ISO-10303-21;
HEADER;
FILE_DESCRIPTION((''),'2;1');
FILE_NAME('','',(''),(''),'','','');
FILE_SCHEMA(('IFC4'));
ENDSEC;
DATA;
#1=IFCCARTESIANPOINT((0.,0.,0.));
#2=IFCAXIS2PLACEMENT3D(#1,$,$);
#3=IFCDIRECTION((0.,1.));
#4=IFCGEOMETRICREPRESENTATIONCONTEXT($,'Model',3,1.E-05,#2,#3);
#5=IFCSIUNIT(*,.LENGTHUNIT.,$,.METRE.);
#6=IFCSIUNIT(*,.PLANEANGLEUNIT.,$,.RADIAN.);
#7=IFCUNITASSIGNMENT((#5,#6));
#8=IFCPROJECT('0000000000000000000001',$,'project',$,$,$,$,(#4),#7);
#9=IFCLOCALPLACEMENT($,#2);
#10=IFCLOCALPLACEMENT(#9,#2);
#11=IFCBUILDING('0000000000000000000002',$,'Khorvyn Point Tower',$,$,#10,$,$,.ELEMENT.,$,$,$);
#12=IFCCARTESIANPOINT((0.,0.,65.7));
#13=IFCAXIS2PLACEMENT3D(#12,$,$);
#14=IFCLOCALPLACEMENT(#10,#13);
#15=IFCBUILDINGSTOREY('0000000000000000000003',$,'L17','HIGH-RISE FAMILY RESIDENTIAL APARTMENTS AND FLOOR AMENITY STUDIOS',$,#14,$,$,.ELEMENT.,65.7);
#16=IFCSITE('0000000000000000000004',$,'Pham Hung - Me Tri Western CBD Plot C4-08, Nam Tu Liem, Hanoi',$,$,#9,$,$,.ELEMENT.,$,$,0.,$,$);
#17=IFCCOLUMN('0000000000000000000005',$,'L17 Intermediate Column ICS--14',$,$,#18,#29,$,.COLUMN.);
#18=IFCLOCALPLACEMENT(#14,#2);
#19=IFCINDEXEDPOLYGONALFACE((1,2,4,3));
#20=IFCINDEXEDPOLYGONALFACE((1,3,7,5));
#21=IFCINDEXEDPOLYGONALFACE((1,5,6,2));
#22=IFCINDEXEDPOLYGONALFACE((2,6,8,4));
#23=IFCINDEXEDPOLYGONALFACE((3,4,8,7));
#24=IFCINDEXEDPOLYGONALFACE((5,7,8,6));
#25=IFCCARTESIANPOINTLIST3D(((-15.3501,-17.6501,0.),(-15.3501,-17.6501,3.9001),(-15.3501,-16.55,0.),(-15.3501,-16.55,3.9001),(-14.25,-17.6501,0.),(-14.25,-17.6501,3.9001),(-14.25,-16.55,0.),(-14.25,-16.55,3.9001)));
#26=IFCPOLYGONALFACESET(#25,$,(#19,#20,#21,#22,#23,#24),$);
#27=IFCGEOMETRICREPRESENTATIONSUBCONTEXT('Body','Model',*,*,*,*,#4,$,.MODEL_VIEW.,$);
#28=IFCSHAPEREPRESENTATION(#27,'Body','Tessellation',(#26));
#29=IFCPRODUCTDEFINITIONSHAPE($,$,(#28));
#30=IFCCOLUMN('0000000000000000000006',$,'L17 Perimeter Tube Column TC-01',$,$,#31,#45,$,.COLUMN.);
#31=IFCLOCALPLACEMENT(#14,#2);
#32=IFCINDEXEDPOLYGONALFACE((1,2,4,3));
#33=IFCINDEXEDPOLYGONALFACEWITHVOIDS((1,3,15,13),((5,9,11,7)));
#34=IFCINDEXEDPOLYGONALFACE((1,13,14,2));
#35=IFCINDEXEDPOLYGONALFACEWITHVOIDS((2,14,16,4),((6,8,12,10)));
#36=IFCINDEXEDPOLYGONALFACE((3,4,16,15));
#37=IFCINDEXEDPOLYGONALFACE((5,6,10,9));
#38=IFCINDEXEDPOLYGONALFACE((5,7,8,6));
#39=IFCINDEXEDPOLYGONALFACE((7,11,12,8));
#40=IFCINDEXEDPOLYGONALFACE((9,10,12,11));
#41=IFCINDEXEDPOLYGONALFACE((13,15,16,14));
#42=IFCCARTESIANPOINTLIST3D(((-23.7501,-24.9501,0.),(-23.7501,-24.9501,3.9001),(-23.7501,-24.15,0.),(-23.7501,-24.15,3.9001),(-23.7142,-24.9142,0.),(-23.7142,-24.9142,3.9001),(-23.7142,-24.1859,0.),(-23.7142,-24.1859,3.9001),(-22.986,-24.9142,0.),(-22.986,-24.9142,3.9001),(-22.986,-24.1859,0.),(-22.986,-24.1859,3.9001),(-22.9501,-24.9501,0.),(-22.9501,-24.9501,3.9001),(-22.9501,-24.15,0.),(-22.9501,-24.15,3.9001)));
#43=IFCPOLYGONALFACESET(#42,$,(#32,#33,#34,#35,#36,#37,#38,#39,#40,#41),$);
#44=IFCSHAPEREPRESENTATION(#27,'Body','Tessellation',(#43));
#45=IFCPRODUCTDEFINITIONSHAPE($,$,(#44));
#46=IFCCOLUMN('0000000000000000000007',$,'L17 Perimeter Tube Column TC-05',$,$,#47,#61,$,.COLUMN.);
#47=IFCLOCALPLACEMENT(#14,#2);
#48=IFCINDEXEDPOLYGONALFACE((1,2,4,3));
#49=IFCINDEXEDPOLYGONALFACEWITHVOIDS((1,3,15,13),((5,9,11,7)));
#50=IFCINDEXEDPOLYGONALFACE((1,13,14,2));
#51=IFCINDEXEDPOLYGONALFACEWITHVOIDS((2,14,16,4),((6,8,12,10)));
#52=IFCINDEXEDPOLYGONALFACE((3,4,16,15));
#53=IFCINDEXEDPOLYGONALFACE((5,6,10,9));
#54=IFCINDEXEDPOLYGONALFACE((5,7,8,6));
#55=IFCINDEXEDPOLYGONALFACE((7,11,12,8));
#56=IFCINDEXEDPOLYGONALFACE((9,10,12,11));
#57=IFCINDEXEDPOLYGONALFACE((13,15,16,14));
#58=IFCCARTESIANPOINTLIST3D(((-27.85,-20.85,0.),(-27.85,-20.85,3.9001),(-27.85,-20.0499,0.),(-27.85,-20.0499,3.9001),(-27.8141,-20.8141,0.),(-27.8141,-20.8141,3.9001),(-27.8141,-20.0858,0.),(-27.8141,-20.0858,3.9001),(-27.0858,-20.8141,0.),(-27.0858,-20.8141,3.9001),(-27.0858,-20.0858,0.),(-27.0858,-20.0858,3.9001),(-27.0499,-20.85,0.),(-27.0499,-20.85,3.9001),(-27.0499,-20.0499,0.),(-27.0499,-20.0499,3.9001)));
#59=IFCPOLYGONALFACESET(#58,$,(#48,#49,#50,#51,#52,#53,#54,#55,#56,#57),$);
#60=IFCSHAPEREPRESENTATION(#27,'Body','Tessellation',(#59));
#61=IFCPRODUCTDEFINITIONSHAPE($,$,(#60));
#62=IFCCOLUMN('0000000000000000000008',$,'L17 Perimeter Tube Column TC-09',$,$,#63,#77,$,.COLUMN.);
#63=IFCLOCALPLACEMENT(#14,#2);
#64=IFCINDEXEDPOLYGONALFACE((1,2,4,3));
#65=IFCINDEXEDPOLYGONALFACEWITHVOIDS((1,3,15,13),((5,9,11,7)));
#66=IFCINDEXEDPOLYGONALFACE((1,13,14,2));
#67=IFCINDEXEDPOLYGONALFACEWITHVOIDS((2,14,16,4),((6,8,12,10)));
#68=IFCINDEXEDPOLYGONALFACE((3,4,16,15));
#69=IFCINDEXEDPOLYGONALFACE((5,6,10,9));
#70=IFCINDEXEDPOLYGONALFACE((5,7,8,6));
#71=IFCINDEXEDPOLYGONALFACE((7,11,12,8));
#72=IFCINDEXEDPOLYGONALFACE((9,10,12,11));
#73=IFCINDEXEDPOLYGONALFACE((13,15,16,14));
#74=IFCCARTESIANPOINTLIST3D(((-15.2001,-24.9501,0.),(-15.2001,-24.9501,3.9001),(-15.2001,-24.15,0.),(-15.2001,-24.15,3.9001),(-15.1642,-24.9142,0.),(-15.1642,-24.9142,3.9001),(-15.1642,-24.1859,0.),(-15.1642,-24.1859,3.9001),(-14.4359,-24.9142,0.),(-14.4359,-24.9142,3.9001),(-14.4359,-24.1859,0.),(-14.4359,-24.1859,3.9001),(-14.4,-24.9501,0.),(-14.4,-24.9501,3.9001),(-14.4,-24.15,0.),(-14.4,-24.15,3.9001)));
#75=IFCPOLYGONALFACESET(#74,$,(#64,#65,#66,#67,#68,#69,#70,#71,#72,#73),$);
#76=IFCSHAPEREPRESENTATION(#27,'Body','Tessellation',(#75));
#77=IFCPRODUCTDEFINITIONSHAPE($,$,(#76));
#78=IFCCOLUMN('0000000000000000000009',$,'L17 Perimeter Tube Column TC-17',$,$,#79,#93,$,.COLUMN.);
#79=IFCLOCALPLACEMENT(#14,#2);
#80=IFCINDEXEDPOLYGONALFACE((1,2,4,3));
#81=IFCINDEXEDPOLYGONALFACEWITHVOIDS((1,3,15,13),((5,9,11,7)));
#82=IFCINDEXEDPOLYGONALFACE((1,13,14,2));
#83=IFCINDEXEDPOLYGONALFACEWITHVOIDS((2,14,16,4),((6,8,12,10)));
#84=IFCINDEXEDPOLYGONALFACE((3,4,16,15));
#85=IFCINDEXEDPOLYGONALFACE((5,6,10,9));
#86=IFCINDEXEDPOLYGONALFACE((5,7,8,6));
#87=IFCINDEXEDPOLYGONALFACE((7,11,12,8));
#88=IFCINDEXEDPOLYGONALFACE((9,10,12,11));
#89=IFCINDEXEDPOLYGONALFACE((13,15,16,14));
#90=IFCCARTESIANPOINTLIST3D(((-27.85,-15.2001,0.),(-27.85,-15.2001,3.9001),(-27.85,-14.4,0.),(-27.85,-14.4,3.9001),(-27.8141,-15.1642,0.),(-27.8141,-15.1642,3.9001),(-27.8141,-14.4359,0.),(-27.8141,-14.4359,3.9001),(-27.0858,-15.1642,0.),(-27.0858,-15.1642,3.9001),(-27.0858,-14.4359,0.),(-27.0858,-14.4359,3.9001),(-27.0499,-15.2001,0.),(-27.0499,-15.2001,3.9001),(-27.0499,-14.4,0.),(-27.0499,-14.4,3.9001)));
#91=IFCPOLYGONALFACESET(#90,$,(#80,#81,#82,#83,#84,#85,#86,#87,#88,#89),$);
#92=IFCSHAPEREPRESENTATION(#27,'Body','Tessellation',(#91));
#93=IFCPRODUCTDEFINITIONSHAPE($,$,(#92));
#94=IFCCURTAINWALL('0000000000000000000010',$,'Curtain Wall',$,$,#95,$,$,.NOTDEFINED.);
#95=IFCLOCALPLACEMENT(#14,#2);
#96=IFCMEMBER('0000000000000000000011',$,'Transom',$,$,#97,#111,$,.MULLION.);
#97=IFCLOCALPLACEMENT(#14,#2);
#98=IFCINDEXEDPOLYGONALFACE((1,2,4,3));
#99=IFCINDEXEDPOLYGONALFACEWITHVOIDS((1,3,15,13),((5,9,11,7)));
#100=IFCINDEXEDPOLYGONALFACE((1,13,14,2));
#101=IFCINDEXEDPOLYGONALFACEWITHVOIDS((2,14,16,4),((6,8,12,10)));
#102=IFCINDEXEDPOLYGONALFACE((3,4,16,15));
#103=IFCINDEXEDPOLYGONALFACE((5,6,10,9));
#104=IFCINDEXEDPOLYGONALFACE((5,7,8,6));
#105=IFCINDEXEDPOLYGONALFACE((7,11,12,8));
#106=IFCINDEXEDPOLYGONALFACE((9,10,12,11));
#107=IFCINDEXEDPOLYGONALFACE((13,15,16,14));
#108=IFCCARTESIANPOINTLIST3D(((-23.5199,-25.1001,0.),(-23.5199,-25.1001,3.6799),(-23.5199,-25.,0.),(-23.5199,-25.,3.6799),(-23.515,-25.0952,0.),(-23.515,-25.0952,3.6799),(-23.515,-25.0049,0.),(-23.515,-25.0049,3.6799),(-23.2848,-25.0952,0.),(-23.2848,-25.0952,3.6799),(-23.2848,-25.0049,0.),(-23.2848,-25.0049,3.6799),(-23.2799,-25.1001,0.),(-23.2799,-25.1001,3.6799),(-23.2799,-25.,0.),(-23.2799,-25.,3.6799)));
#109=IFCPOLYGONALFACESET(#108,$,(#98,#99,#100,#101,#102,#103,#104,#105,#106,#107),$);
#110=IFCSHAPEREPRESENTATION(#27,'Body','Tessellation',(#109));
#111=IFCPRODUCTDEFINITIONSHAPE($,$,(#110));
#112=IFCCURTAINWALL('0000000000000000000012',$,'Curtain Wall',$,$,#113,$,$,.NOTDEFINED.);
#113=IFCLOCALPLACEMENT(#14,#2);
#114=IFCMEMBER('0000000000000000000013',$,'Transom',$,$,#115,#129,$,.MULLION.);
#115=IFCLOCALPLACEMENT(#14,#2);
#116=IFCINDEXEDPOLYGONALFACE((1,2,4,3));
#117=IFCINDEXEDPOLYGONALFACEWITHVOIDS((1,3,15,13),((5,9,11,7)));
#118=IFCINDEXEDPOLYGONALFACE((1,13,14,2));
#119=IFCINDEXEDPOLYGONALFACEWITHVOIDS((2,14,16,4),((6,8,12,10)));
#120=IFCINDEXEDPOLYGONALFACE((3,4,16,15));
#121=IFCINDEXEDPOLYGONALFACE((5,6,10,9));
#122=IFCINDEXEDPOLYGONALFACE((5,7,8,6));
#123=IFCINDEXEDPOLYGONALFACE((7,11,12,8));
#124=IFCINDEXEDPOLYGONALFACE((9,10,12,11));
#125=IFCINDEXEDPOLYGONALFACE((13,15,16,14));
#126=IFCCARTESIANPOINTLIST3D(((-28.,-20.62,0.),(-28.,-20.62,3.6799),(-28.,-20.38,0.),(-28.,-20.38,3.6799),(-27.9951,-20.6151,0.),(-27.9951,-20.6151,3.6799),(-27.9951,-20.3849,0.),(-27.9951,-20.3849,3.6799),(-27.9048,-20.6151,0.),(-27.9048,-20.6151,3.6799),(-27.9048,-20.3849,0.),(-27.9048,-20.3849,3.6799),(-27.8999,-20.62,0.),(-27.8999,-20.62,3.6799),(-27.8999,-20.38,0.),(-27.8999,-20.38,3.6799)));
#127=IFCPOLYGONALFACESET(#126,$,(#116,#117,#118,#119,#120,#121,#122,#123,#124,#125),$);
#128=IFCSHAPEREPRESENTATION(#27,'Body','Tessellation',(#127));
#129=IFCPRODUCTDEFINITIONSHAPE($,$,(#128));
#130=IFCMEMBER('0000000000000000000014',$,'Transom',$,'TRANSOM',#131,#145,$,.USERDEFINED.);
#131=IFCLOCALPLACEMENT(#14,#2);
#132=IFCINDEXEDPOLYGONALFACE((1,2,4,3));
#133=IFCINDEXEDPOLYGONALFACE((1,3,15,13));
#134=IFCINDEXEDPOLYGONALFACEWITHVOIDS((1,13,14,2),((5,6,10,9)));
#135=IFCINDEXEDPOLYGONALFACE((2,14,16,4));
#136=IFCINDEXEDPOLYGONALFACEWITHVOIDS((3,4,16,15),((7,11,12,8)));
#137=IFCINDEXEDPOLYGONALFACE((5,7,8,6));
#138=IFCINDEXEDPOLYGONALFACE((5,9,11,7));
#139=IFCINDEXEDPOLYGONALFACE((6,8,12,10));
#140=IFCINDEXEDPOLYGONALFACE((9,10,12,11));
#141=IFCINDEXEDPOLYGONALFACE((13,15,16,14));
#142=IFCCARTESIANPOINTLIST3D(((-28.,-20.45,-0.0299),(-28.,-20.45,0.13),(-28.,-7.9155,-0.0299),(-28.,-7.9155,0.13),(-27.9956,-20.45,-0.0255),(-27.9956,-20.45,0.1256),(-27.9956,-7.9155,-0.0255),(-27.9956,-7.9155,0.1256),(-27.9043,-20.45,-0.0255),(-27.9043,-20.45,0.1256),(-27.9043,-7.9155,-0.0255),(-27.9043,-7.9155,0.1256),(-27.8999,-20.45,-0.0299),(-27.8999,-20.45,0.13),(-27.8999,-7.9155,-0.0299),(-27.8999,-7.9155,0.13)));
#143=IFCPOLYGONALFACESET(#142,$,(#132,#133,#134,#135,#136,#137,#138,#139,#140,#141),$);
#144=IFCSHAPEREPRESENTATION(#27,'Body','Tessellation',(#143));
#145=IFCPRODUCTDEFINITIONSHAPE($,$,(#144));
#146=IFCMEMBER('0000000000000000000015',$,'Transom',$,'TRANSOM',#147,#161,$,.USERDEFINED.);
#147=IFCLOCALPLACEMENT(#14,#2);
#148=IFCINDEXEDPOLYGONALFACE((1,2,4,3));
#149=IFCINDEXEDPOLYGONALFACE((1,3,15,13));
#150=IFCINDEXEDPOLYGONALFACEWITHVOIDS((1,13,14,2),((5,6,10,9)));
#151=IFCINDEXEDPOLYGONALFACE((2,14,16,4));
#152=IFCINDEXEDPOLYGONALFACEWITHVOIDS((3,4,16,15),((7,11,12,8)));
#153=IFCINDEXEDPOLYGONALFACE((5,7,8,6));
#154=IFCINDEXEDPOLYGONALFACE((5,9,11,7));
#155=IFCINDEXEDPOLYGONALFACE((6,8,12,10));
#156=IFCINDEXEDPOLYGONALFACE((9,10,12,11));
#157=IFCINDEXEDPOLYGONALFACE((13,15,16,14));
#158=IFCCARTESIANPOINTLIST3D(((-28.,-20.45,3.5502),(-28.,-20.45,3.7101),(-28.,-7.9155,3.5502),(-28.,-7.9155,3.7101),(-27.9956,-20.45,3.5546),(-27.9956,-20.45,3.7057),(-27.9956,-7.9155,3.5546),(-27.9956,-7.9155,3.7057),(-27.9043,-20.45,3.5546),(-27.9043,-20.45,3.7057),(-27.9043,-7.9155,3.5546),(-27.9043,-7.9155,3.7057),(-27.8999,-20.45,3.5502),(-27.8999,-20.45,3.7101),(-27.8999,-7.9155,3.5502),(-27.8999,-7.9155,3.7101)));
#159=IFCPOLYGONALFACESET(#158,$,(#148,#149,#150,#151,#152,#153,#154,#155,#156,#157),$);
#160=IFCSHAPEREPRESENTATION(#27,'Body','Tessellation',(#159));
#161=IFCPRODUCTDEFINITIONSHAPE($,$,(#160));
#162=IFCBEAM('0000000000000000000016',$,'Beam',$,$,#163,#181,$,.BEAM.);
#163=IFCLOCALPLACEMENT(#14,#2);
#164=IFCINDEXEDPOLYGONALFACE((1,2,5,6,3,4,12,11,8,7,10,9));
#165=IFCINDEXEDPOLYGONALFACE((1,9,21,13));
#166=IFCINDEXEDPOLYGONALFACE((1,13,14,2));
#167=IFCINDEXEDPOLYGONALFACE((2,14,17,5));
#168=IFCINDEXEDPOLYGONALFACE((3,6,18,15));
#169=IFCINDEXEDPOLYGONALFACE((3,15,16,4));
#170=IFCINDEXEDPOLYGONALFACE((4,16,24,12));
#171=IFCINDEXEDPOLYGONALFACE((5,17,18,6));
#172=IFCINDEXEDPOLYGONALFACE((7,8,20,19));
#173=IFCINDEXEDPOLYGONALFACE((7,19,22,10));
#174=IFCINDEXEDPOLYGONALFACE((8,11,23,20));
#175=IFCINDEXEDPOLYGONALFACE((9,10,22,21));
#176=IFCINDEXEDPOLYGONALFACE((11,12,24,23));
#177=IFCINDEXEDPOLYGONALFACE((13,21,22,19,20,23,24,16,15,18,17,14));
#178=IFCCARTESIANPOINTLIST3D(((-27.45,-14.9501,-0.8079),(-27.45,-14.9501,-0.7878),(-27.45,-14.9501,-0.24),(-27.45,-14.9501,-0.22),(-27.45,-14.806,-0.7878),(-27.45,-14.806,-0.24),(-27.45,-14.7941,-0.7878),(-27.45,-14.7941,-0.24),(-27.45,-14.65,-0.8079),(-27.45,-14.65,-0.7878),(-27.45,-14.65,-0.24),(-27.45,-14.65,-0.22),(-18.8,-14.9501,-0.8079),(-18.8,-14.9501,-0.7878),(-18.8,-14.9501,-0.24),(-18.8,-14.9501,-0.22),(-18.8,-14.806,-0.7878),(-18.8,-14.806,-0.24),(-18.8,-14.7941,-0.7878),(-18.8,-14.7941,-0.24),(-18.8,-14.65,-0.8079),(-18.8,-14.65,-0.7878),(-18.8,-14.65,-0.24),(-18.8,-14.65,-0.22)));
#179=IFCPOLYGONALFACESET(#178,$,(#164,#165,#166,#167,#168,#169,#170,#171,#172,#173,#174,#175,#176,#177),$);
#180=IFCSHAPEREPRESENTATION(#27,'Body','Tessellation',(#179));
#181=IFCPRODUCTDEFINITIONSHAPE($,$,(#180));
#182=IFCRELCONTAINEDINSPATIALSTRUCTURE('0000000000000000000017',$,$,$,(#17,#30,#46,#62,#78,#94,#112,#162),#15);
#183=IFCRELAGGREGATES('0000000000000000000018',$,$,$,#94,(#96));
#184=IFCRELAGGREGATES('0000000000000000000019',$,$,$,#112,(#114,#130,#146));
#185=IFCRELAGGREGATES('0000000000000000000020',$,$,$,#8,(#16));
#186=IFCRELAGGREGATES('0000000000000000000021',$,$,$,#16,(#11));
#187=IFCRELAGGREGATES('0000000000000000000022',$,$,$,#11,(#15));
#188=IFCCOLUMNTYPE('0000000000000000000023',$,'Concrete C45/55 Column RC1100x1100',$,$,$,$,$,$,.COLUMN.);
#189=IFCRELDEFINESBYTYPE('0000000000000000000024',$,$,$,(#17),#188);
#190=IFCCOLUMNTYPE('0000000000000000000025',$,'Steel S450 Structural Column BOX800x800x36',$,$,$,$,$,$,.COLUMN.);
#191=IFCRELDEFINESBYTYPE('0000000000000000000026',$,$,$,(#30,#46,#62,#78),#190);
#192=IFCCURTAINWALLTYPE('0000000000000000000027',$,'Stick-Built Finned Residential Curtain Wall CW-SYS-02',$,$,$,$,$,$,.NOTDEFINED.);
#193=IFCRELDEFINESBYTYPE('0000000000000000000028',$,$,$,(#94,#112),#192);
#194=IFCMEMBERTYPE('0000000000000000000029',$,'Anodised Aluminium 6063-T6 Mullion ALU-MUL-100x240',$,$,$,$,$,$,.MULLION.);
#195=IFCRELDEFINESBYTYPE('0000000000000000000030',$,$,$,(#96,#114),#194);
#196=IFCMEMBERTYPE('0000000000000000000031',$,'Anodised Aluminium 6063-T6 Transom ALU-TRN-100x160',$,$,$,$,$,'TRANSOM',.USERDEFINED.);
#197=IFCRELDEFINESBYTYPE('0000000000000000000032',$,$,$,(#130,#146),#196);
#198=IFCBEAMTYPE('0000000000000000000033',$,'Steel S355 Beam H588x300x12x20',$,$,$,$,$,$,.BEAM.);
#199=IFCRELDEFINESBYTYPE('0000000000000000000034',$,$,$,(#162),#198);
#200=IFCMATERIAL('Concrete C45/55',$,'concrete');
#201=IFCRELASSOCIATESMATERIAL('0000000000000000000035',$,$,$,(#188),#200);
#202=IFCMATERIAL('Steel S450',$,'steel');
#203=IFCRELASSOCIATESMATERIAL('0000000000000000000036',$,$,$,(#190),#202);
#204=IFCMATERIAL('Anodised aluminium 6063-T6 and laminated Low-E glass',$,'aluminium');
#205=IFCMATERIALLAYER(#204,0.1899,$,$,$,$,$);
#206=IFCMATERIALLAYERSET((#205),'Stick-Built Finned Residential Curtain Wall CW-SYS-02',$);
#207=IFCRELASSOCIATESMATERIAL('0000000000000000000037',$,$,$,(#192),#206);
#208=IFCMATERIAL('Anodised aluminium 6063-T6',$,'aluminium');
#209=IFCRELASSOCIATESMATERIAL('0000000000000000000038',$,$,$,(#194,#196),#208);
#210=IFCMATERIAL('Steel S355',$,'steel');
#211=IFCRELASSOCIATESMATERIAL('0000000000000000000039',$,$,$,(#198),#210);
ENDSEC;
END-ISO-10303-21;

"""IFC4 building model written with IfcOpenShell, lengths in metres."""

from ifc_helpers import new_model, si_unit, direction, frame, origin, origin_2d, place, context, subcontext, project, spatial, rectangle, hollow_rectangle, i_section, extrude, material, layer, layer_set, material_profile, profile_set, type_object, element, aggregate, save


model = new_model("IFC4")

# Units and contexts
model_context = context("Model", 3, precision=1e-05, world=origin(), true_north=direction((0.0, 1.0)))
body_context = subcontext(model_context, "Body", "Model", "MODEL_VIEW")
ifc_project = project(units=[si_unit("LENGTHUNIT", "METRE"), si_unit("PLANEANGLEUNIT", "RADIAN")], contexts=[model_context])

# Site, building, storey
site_placement = place(None, origin())
site = spatial("IfcSite", under=ifc_project, at=site_placement, Name="Pham Hung - Me Tri Western CBD Plot C4-08, Nam Tu Liem, Hanoi", CompositionType="ELEMENT", RefElevation=0.0)
building_placement = place(site_placement, origin())
building = spatial("IfcBuilding", under=site, at=building_placement, Name="Khorvyn Point Tower", CompositionType="ELEMENT")
storey_placement = place(building_placement, frame((0.0, 0.0, 65.7)))
storey = spatial("IfcBuildingStorey", under=building, at=storey_placement, Name="L17", Description="HIGH-RISE FAMILY RESIDENTIAL APARTMENTS AND FLOOR AMENITY STUDIOS", CompositionType="ELEMENT", Elevation=65.7)

# Columns
ifc_material_1 = material(Name="Concrete C45/55", Category="concrete")
ifc_material_profile_1 = material_profile(ifc_material_1, rectangle(XDim=1.1001, YDim=1.1001, at=origin_2d()))
ifc_profile_set_1 = profile_set([ifc_material_profile_1], Name="Concrete C45/55 RC1100x1100")
column_type_1 = type_object("IfcColumnType", Name="Concrete C45/55 Column RC1100x1100", PredefinedType="COLUMN", material=ifc_profile_set_1)
column_placement = place(storey_placement, frame((-14.8, -17.1001, 0.0), z_axis=(0.0, 0.0, 1.0), x_axis=(1.0, 0.0, 0.0)))
element("IfcColumn", 1, at=column_placement, inside=storey, type_object=column_type_1, Name="L17 Intermediate Column ICS--14", PredefinedType="COLUMN", context=body_context, shape_type="SweptSolid", body=[
    extrude(rectangle(XDim=1.1001, YDim=1.1001, at=origin_2d()), origin(), (0.0, 0.0, 1.0), 3.9001),
])
ifc_material_2 = material(Name="Steel S450", Category="steel")
ifc_material_profile_2 = material_profile(ifc_material_2, hollow_rectangle(XDim=0.8, YDim=0.8, WallThickness=0.0359, at=origin_2d()))
ifc_profile_set_2 = profile_set([ifc_material_profile_2], Name="Steel S450 BOX800x800x36")
column_type_2 = type_object("IfcColumnType", Name="Steel S450 Structural Column BOX800x800x36", PredefinedType="COLUMN", material=ifc_profile_set_2)
for number, where, z_axis, x_axis, name in (
    (2, (-23.3501, -24.55, 0.0), (0.0, 0.0, 1.0), (1.0, 0.0, 0.0), "L17 Perimeter Tube Column TC-01"),
    (3, (-27.45, -20.45, 0.0), (0.0, 0.0, 1.0), (1.0, 0.0, 0.0), "L17 Perimeter Tube Column TC-05"),
    (4, (-14.8, -24.55, 0.0), (0.0, 0.0, 1.0), (1.0, 0.0, 0.0), "L17 Perimeter Tube Column TC-09"),
    (5, (-27.45, -14.8, 0.0), (0.0, 0.0, 1.0), (1.0, 0.0, 0.0), "L17 Perimeter Tube Column TC-17"),
):
    element("IfcColumn", number, at=place(storey_placement, frame(where, z_axis=z_axis, x_axis=x_axis)), inside=storey, type_object=column_type_2, Name=name, PredefinedType="COLUMN", context=body_context, shape_type="SweptSolid", body=[
        extrude(hollow_rectangle(XDim=0.8, YDim=0.8, WallThickness=0.0359, at=origin_2d()), origin(), (0.0, 0.0, 1.0), 3.9001),
    ])

# Curtain wall, member
ifc_material_3 = material(Name="Anodised aluminium 6063-T6 and laminated Low-E glass", Category="aluminium")
ifc_layer_1 = layer(ifc_material_3, 0.1899)
ifc_layer_set_1 = layer_set([ifc_layer_1], Name="Stick-Built Finned Residential Curtain Wall CW-SYS-02")
curtain_wall_type = type_object("IfcCurtainWallType", Name="Stick-Built Finned Residential Curtain Wall CW-SYS-02", PredefinedType="NOTDEFINED", material=ifc_layer_set_1)
curtain_wall_1_placement = place(storey_placement, origin())
curtain_wall_1 = element("IfcCurtainWall", 6, at=curtain_wall_1_placement, inside=storey, type_object=curtain_wall_type, Name="Curtain Wall", PredefinedType="NOTDEFINED")
ifc_material_4 = material(Name="Anodised aluminium 6063-T6", Category="aluminium")
ifc_material_profile_3 = material_profile(ifc_material_4, hollow_rectangle(XDim=0.1001, YDim=0.24, WallThickness=0.0049, at=origin_2d()))
ifc_profile_set_3 = profile_set([ifc_material_profile_3], Name="Anodised aluminium 6063-T6 ALU-MUL-100x240")
member_type_1 = type_object("IfcMemberType", Name="Anodised Aluminium 6063-T6 Mullion ALU-MUL-100x240", PredefinedType="MULLION", material=ifc_profile_set_3)
member_1_placement = place(storey_placement, frame((-23.3999, -25.05, 0.0), z_axis=(0.0, 0.0, 1.0), x_axis=(0.0, -1.0, 0.0)))
member_1 = element("IfcMember", 7, at=member_1_placement, type_object=member_type_1, Name="Transom", PredefinedType="MULLION", context=body_context, shape_type="SweptSolid", body=[
    extrude(hollow_rectangle(XDim=0.1001, YDim=0.24, WallThickness=0.0049, at=origin_2d()), origin(), (0.0, 0.0, 1.0), 3.6799),
])

# Curtain wall, members
curtain_wall_2_placement = place(storey_placement, origin())
curtain_wall_2 = element("IfcCurtainWall", 8, at=curtain_wall_2_placement, inside=storey, type_object=curtain_wall_type, Name="Curtain Wall", PredefinedType="NOTDEFINED")
member_2_placement = place(storey_placement, frame((-27.95, -20.5, 0.0), z_axis=(0.0, 0.0, 1.0), x_axis=(-1.0, 0.0, 0.0)))
member_2 = element("IfcMember", 9, at=member_2_placement, type_object=member_type_1, Name="Transom", PredefinedType="MULLION", context=body_context, shape_type="SweptSolid", body=[
    extrude(hollow_rectangle(XDim=0.1001, YDim=0.24, WallThickness=0.0049, at=origin_2d()), origin(), (0.0, 0.0, 1.0), 3.6799),
])
ifc_material_profile_4 = material_profile(ifc_material_4, hollow_rectangle(XDim=0.1001, YDim=0.1599, WallThickness=0.0044, at=origin_2d()))
ifc_profile_set_4 = profile_set([ifc_material_profile_4], Name="Anodised aluminium 6063-T6 ALU-TRN-100x160")
member_type_2 = type_object("IfcMemberType", Name="Anodised Aluminium 6063-T6 Transom ALU-TRN-100x160", ElementType="TRANSOM", PredefinedType="USERDEFINED", material=ifc_profile_set_4)
member_3_placement = place(storey_placement, frame((-27.95, -20.45, 0.05), z_axis=(0.0, 1.0, 0.0), x_axis=(-1.0, 0.0, 0.0)))
member_3 = element("IfcMember", 10, at=member_3_placement, type_object=member_type_2, Name="Transom", ObjectType="TRANSOM", PredefinedType="USERDEFINED", context=body_context, shape_type="SweptSolid", body=[
    extrude(hollow_rectangle(XDim=0.1001, YDim=0.1599, WallThickness=0.0044, at=origin_2d()), origin(), (0.0, 0.0, 1.0), 12.5344),
])
member_4_placement = place(storey_placement, frame((-27.95, -20.45, 3.6301), z_axis=(0.0, 1.0, 0.0), x_axis=(-1.0, 0.0, 0.0)))
member_4 = element("IfcMember", 11, at=member_4_placement, type_object=member_type_2, Name="Transom", ObjectType="TRANSOM", PredefinedType="USERDEFINED", context=body_context, shape_type="SweptSolid", body=[
    extrude(hollow_rectangle(XDim=0.1001, YDim=0.1599, WallThickness=0.0044, at=origin_2d()), origin(), (0.0, 0.0, 1.0), 12.5344),
])

# Beam
ifc_material_5 = material(Name="Steel S355", Category="steel")
ifc_material_profile_5 = material_profile(ifc_material_5, i_section(OverallWidth=0.3, OverallDepth=0.5879, WebThickness=0.012, FlangeThickness=0.02, at=origin_2d()))
ifc_profile_set_5 = profile_set([ifc_material_profile_5], Name="Steel S355 H588x300x12x20")
beam_type_1 = type_object("IfcBeamType", Name="Steel S355 Beam H588x300x12x20", PredefinedType="BEAM", material=ifc_profile_set_5)
beam_1_placement = place(storey_placement, frame((-27.45, -14.8, -0.5139), z_axis=(1.0, 0.0, 0.0), x_axis=(0.0, 1.0, 0.0)))
element("IfcBeam", 12, at=beam_1_placement, inside=storey, type_object=beam_type_1, Name="Beam", PredefinedType="BEAM", context=body_context, shape_type="SweptSolid", body=[
    extrude(i_section(OverallWidth=0.3, OverallDepth=0.5879, WebThickness=0.012, FlangeThickness=0.02, at=origin_2d()), origin(), (0.0, 0.0, 1.0), 8.6499),
])

aggregate(curtain_wall_1, [member_1])
aggregate(curtain_wall_2, [member_2, member_3, member_4])

save(model, "model.ifc")
